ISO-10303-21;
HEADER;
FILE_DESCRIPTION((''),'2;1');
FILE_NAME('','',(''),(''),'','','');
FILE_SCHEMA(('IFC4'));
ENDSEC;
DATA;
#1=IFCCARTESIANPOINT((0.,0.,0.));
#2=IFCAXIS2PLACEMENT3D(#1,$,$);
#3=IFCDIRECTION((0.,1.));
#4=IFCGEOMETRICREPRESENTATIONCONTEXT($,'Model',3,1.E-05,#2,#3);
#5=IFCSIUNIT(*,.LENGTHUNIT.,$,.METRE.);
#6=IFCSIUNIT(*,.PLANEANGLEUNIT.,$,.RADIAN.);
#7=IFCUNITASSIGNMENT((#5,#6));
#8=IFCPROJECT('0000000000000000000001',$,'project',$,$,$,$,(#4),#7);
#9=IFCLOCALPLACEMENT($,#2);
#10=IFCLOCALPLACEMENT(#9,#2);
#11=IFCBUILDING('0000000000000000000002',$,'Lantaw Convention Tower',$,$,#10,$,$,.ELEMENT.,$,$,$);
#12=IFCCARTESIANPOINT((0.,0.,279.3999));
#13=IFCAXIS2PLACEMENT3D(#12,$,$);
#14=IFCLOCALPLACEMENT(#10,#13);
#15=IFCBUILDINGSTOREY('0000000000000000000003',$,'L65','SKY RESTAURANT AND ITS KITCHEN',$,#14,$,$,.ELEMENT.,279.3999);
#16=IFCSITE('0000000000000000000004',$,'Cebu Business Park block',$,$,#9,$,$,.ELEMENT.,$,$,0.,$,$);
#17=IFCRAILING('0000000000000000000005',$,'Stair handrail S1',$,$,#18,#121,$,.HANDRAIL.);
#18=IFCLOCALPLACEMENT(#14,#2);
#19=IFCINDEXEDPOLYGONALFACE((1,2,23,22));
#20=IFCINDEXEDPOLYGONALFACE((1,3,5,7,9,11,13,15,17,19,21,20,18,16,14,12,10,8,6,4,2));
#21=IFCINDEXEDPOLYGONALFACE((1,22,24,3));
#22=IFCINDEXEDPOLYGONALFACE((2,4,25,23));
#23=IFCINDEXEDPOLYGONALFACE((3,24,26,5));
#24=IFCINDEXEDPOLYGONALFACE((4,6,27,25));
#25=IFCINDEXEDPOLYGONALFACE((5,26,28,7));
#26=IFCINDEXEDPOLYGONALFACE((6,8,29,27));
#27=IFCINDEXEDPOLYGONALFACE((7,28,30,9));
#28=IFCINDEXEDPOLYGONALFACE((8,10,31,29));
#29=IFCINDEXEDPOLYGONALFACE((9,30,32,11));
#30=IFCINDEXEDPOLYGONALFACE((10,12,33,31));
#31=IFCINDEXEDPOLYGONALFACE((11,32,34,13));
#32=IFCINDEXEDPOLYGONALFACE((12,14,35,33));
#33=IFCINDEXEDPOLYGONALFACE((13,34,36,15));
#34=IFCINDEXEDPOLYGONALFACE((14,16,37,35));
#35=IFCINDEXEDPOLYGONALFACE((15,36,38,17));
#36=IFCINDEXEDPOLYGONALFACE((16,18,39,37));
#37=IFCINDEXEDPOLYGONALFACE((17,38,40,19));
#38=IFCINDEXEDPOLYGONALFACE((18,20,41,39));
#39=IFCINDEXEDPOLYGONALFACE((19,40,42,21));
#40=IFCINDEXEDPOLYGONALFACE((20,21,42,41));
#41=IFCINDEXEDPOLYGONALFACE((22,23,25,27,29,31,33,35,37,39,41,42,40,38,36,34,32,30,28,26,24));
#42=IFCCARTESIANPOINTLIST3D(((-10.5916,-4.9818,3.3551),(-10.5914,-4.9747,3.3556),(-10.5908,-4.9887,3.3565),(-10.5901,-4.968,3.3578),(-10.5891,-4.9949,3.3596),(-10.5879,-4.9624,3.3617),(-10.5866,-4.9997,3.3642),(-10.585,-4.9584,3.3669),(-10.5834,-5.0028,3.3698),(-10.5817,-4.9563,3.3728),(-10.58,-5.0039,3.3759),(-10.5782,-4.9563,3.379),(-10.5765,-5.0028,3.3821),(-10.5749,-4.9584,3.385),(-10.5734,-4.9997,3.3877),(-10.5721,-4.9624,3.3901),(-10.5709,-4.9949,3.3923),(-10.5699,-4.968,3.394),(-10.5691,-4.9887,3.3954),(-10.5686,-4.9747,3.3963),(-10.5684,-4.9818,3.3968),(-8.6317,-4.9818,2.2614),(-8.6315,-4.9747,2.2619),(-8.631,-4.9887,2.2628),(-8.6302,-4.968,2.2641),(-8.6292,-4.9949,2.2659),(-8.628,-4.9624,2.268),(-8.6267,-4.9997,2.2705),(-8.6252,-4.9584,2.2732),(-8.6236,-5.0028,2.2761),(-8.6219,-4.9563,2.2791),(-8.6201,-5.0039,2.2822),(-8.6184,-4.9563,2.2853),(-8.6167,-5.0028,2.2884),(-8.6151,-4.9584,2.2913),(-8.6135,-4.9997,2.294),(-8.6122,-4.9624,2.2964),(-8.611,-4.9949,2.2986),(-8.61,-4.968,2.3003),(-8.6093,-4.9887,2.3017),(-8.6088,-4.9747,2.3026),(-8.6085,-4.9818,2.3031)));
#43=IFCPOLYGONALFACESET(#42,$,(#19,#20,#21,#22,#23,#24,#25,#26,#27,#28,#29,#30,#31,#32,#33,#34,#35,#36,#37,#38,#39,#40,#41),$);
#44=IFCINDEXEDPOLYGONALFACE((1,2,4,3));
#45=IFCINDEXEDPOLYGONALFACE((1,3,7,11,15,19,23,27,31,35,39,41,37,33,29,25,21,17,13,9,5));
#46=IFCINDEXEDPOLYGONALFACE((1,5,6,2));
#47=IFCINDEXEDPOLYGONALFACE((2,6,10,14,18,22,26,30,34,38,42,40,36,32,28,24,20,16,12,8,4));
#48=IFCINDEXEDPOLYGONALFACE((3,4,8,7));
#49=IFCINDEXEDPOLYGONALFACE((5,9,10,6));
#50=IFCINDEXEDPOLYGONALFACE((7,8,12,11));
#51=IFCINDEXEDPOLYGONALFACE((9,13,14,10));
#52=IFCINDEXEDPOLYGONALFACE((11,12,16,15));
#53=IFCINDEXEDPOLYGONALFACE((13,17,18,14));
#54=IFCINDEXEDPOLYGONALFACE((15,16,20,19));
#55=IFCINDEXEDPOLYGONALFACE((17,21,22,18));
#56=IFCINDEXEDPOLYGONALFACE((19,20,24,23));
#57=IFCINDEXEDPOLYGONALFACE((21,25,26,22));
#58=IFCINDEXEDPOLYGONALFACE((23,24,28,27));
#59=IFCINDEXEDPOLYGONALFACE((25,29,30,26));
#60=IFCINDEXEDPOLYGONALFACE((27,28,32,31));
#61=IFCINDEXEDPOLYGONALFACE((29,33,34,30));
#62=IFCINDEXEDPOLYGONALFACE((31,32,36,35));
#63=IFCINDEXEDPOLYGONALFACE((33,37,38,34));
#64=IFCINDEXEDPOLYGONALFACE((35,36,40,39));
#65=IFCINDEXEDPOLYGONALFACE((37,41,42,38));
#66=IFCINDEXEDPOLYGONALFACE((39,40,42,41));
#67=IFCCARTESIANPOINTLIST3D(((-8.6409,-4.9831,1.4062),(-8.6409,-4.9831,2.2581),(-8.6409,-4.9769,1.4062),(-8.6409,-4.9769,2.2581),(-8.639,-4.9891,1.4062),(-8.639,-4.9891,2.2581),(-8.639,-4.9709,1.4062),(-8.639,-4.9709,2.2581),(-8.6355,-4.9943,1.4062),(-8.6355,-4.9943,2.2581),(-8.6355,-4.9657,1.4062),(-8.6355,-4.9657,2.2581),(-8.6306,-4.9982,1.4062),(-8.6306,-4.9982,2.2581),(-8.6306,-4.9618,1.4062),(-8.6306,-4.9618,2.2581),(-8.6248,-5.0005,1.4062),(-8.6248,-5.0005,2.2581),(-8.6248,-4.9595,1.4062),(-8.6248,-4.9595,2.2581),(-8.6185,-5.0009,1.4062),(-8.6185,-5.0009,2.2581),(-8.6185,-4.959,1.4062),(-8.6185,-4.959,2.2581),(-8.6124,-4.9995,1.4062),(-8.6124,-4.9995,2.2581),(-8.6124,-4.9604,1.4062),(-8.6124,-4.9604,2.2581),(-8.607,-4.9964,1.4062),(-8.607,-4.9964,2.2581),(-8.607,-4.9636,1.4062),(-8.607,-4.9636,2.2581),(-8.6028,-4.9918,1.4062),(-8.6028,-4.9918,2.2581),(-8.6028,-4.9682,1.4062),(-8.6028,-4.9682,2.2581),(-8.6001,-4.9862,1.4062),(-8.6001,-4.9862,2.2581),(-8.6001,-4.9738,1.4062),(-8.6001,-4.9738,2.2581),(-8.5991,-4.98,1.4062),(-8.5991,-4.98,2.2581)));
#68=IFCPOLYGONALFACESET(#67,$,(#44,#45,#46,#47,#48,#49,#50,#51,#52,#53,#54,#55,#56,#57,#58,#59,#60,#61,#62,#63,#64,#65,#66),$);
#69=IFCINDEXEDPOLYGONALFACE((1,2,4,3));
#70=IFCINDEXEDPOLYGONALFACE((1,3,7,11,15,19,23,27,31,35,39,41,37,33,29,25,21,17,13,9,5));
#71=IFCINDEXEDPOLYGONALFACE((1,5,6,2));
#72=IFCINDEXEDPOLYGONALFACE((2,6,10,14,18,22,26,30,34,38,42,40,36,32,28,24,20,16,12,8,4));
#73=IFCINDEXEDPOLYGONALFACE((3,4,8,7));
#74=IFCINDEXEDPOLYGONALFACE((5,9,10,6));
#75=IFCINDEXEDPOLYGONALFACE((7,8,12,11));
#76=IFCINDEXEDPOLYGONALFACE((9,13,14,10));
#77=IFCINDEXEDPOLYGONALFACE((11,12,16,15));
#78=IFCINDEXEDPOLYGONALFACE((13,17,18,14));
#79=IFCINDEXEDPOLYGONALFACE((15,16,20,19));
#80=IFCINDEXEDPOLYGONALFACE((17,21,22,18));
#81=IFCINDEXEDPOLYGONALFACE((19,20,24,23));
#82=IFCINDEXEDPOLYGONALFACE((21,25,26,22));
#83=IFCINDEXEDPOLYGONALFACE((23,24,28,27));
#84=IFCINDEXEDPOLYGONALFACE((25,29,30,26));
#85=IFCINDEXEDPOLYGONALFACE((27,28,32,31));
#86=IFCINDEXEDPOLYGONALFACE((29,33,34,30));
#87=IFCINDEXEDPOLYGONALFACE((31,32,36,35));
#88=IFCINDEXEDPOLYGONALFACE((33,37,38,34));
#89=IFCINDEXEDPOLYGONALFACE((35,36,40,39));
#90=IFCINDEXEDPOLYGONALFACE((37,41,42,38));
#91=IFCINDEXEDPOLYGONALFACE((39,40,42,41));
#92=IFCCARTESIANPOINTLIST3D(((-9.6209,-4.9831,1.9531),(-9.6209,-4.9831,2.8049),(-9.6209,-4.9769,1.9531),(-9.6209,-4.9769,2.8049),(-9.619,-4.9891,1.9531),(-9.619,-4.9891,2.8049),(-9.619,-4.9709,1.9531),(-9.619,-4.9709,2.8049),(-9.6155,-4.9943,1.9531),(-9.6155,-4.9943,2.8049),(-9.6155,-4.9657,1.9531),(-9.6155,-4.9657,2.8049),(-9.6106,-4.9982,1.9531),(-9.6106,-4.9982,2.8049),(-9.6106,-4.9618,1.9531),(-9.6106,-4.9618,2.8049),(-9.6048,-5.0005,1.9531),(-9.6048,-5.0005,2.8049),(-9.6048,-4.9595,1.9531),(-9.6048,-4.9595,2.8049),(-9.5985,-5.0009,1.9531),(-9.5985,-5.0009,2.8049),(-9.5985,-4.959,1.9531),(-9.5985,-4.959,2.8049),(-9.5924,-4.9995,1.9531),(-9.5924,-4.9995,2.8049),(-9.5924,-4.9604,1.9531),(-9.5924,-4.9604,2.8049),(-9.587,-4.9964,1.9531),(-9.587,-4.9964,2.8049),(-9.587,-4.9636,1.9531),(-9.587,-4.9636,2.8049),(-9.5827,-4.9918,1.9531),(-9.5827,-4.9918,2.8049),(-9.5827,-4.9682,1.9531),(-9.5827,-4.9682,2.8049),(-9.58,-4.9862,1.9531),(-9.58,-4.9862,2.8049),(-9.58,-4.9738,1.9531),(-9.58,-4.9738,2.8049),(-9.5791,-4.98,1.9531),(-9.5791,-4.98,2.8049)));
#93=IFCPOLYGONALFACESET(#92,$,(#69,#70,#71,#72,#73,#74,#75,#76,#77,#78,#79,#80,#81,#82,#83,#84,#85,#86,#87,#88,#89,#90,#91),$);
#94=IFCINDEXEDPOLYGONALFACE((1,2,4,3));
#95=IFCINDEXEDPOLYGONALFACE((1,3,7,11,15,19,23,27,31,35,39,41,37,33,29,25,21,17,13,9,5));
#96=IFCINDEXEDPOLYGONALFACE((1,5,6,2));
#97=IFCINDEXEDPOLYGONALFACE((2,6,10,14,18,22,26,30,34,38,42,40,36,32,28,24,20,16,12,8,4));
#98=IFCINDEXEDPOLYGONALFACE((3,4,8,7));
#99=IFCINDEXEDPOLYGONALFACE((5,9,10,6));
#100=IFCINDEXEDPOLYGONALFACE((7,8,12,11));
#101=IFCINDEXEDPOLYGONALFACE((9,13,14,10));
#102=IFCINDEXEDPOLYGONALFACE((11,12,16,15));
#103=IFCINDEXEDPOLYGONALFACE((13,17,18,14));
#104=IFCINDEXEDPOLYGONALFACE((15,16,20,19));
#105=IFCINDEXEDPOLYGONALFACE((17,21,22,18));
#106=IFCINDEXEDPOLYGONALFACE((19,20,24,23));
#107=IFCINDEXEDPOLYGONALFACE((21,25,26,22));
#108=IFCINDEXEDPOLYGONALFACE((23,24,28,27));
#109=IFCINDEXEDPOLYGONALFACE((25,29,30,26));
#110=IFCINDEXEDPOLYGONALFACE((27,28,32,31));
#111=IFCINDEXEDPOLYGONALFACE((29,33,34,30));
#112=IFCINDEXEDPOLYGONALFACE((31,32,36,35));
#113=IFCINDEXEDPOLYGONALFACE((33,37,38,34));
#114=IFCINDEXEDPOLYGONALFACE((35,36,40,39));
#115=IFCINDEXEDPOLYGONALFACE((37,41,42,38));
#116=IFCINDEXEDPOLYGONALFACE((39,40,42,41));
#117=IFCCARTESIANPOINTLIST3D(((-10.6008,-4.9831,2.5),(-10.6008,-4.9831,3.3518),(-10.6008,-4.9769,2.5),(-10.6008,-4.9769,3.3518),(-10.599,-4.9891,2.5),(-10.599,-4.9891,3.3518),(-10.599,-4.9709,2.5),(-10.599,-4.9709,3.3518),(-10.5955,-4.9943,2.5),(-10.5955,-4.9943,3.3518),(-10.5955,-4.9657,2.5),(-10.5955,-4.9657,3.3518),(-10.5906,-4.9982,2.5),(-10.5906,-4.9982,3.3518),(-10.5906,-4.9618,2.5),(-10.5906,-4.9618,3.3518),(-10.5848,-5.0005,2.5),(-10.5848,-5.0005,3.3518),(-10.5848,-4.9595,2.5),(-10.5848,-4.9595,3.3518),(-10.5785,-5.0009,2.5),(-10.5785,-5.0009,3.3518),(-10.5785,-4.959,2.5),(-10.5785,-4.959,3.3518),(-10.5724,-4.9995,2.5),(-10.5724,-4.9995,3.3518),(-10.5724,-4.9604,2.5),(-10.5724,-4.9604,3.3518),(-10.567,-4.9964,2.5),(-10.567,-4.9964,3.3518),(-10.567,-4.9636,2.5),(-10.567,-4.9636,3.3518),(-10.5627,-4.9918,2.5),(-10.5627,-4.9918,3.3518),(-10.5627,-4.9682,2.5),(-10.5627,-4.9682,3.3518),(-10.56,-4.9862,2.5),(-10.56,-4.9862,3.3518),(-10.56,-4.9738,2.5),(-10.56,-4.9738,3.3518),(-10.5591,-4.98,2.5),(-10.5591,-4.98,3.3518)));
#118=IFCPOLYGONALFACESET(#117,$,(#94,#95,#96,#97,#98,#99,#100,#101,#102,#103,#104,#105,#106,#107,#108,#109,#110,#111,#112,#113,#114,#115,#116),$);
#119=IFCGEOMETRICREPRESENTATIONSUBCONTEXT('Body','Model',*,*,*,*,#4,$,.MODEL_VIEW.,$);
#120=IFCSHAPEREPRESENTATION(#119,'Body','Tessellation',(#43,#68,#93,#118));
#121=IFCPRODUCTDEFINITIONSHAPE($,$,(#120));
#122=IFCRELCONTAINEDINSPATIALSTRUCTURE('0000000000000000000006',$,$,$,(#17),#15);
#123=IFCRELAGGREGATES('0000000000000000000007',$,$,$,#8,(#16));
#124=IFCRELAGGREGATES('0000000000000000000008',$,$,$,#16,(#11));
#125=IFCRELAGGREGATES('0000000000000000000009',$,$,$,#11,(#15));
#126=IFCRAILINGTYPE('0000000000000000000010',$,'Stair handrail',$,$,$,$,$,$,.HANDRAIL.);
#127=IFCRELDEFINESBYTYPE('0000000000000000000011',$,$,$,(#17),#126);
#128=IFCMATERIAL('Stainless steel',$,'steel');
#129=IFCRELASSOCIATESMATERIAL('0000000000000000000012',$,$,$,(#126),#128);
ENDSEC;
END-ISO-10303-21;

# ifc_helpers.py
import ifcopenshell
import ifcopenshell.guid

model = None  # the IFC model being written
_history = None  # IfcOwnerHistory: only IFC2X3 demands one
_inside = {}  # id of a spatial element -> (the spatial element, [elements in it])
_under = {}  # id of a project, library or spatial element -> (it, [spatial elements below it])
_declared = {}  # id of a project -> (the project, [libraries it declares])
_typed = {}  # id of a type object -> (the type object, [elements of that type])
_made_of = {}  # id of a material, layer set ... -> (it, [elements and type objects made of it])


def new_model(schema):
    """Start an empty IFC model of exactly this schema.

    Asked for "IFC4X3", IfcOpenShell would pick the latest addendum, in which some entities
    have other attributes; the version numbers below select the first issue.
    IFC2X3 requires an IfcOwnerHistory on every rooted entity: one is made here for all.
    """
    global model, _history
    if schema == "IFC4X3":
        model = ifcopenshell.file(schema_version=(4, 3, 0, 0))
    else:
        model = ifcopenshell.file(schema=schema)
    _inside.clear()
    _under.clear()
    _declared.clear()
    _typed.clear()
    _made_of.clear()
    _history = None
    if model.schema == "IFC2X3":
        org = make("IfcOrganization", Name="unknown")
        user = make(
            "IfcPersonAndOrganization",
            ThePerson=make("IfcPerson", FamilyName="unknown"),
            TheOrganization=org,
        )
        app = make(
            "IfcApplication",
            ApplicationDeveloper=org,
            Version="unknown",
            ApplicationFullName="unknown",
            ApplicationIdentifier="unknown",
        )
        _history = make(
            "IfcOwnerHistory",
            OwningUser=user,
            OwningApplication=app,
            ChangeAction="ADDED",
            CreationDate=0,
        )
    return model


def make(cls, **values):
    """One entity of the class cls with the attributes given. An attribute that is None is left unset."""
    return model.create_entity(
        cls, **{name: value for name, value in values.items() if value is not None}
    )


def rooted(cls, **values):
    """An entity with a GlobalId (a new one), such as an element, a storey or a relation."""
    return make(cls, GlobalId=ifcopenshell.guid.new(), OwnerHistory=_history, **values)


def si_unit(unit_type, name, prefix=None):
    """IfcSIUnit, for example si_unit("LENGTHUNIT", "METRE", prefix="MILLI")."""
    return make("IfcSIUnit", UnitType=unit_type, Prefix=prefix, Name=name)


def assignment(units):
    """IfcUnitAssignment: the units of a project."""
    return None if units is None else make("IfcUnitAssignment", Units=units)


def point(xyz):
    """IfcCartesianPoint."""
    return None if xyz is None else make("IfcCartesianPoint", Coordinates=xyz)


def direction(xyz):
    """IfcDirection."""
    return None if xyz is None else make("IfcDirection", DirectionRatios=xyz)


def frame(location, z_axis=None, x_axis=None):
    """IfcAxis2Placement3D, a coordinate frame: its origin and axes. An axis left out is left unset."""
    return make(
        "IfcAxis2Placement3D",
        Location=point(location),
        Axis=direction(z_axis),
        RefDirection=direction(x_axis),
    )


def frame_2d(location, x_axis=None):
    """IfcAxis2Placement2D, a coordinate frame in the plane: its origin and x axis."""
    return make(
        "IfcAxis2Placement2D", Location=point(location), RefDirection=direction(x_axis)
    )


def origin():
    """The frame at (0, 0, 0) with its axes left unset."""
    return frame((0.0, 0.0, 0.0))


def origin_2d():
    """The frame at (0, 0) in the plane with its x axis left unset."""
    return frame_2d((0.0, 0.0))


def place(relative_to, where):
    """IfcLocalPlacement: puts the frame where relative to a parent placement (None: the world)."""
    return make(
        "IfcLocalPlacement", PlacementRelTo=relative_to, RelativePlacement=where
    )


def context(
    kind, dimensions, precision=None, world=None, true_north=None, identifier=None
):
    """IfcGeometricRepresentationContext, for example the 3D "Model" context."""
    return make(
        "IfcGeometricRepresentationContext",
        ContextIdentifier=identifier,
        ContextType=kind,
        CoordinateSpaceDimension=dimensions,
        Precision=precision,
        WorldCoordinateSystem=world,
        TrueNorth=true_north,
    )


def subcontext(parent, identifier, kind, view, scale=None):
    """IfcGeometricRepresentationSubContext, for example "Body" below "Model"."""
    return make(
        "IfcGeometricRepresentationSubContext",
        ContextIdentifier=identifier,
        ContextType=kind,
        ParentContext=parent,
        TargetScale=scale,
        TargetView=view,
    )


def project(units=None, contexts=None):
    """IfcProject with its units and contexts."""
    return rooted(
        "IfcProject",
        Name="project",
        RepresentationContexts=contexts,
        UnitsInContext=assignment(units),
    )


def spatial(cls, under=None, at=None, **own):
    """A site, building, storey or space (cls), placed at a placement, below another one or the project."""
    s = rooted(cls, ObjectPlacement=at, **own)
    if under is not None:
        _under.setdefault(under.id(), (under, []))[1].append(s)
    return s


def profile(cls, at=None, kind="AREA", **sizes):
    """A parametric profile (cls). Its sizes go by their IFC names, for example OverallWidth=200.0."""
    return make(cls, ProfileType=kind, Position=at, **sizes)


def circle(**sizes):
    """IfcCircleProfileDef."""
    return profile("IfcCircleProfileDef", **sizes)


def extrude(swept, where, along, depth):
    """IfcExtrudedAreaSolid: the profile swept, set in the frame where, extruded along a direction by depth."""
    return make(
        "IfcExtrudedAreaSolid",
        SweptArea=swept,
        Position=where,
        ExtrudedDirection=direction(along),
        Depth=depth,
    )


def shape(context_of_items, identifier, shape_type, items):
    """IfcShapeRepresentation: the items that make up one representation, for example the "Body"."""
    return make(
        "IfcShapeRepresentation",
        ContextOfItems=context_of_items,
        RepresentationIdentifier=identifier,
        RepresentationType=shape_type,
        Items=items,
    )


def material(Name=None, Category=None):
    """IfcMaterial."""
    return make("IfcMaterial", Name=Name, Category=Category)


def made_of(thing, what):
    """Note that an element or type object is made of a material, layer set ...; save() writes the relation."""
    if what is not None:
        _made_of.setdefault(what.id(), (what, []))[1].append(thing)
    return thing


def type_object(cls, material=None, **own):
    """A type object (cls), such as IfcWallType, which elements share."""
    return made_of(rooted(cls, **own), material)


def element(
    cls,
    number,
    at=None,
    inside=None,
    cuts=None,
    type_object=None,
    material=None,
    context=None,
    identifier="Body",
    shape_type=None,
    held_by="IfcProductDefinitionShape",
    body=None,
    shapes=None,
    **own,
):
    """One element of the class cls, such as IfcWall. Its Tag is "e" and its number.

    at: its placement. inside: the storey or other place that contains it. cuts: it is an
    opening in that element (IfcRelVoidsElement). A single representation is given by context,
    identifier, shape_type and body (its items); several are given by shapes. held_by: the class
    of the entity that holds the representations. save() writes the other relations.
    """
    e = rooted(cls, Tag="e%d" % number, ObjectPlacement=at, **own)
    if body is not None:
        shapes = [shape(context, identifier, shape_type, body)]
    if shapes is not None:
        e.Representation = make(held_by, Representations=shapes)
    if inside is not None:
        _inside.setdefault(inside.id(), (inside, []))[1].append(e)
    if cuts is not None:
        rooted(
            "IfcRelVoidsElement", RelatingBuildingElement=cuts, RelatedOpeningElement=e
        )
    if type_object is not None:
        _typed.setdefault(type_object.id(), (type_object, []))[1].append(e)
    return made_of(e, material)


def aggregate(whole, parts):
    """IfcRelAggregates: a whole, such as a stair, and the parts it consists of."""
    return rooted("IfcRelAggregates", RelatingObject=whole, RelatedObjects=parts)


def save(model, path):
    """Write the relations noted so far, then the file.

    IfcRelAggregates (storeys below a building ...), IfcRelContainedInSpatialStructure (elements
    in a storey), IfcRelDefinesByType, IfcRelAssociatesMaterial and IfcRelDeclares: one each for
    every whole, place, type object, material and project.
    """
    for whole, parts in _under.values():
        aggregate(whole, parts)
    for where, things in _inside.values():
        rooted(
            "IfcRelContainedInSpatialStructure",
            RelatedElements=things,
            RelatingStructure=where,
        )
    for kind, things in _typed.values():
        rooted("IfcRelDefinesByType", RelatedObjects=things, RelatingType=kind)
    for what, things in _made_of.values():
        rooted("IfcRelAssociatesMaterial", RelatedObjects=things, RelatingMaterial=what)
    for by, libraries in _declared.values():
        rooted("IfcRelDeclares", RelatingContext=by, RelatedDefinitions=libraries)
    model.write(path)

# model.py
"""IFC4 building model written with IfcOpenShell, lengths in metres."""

from ifc_helpers import new_model, si_unit, direction, frame, origin, origin_2d, place, context, subcontext, project, spatial, circle, extrude, material, type_object, element, save


model = new_model("IFC4")

# Units and contexts
model_context = context("Model", 3, precision=1e-05, world=origin(), true_north=direction((0.0, 1.0)))
body_context = subcontext(model_context, "Body", "Model", "MODEL_VIEW")
ifc_project = project(units=[si_unit("LENGTHUNIT", "METRE"), si_unit("PLANEANGLEUNIT", "RADIAN")], contexts=[model_context])

# Site, building, storey
site_placement = place(None, origin())
site = spatial("IfcSite", under=ifc_project, at=site_placement, Name="Cebu Business Park block", CompositionType="ELEMENT", RefElevation=0.0)
building_placement = place(site_placement, origin())
building = spatial("IfcBuilding", under=site, at=building_placement, Name="Lantaw Convention Tower", CompositionType="ELEMENT")
storey_placement = place(building_placement, frame((0.0, 0.0, 279.3999)))
storey = spatial("IfcBuildingStorey", under=building, at=storey_placement, Name="L65", Description="SKY RESTAURANT AND ITS KITCHEN", CompositionType="ELEMENT", Elevation=279.3999)

# Shared definitions
ifc_material_1 = material(Name="Stainless steel", Category="steel")

# Railing
railing_type = type_object("IfcRailingType", Name="Stair handrail", PredefinedType="HANDRAIL", material=ifc_material_1)
railing_1_placement = place(storey_placement, frame((-8.6201, -4.98, 1.4062)))
element("IfcRailing", 1, at=railing_1_placement, inside=storey, type_object=railing_type, Name="Stair handrail S1", PredefinedType="HANDRAIL", context=body_context, shape_type="SweptSolid", body=[
    extrude(circle(Radius=0.0239, at=origin_2d()), frame((0.0, 0.0, 0.876), z_axis=(-0.873232, 0.0, 0.487304), x_axis=(0.0, -1.0, 0.0)), (0.0, 0.0, 1.0), 2.2444),
    extrude(circle(Radius=0.021, at=origin_2d()), origin(), (0.0, 0.0, 1.0), 0.8518),
    extrude(circle(Radius=0.021, at=origin_2d()), frame((-0.98, 0.0, 0.5469)), (0.0, 0.0, 1.0), 0.8518),
    extrude(circle(Radius=0.021, at=origin_2d()), frame((-1.96, 0.0, 1.0938)), (0.0, 0.0, 1.0), 0.8518),
])

save(model, "model.ifc")
